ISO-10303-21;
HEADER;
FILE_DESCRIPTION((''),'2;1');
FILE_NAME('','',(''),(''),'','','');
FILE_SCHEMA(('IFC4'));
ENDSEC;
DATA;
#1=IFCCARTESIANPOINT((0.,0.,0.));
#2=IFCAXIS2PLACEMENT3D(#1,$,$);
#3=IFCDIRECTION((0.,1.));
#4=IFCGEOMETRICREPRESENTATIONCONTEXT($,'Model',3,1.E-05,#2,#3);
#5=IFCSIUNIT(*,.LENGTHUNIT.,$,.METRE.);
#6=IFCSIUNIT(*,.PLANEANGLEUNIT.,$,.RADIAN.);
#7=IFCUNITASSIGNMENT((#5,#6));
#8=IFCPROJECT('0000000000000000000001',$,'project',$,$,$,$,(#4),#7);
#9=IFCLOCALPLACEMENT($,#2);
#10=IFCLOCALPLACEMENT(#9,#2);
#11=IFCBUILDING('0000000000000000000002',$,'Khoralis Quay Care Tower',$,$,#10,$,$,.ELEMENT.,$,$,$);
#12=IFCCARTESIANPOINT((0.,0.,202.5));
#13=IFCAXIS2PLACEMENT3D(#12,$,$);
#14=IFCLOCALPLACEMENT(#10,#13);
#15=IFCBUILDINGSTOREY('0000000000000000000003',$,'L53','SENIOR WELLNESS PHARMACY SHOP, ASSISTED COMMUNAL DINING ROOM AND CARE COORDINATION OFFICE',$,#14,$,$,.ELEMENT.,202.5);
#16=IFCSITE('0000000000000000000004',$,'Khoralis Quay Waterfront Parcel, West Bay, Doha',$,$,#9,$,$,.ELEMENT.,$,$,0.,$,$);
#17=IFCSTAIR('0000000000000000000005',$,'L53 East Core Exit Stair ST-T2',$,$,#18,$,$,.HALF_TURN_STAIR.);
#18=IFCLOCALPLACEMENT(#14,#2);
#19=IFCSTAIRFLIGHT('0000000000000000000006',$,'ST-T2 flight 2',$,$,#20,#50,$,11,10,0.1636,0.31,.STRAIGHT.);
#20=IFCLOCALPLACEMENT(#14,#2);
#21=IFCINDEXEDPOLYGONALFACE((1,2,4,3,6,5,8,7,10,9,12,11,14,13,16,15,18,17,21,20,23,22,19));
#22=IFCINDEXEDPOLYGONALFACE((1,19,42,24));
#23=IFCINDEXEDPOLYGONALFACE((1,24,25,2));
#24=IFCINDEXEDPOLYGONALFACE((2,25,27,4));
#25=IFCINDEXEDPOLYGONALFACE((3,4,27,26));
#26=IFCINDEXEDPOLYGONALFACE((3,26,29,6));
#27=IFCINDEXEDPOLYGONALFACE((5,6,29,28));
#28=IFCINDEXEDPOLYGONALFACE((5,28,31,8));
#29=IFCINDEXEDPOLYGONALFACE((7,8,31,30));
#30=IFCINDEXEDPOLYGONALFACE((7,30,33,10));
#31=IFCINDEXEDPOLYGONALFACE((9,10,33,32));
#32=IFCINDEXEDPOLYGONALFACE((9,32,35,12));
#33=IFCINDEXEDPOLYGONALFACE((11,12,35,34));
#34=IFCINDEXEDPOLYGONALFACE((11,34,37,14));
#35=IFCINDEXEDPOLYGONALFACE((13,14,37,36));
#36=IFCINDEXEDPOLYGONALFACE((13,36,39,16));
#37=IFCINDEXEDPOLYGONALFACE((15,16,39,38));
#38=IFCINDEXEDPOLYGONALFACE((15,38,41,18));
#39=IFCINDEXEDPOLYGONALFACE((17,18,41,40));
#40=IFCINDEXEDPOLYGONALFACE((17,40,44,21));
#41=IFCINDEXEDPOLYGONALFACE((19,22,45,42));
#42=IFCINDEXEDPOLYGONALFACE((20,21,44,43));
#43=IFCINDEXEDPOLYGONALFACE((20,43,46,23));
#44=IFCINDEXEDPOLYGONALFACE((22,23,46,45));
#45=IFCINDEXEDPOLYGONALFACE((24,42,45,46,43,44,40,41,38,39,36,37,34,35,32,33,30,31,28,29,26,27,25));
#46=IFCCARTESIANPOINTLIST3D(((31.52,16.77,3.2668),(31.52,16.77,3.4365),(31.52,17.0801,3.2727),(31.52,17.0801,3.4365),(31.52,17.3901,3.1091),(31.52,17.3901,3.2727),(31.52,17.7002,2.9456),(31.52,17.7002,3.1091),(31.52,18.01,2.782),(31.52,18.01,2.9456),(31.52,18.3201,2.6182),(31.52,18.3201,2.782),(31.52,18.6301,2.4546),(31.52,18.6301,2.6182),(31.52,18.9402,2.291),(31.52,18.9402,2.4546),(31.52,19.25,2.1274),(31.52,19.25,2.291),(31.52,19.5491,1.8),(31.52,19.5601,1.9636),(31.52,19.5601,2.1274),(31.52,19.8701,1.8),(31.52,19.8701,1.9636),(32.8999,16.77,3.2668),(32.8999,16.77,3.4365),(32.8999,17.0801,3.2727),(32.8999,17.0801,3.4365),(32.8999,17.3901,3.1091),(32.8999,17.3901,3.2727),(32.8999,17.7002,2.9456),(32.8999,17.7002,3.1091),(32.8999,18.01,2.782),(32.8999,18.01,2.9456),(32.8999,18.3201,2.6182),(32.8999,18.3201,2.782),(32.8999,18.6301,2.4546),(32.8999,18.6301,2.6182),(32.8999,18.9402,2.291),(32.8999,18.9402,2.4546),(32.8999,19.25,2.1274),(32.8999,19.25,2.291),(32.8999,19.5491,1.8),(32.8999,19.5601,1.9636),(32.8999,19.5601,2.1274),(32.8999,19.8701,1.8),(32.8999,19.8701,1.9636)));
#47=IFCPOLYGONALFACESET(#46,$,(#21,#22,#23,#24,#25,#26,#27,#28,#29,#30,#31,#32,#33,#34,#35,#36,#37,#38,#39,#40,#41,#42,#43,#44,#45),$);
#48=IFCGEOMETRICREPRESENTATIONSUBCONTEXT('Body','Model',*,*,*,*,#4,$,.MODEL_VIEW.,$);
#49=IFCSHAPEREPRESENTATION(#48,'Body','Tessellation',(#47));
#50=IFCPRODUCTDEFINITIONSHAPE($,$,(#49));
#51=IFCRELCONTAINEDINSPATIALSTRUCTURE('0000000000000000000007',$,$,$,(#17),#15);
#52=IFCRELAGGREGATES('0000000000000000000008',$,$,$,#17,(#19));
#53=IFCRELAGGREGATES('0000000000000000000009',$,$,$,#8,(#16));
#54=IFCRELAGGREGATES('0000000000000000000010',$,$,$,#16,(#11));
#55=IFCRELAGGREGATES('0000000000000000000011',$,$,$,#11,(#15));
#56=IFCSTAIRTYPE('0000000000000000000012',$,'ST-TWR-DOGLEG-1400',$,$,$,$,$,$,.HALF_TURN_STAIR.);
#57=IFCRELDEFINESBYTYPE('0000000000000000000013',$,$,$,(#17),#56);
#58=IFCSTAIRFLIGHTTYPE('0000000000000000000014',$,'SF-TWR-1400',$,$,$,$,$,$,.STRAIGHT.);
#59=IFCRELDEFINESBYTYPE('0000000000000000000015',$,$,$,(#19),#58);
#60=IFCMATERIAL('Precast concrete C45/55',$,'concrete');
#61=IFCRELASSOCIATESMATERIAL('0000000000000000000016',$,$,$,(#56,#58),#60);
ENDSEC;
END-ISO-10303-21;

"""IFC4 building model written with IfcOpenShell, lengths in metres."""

from ifc_helpers import new_model, si_unit, direction, frame, origin, place, context, subcontext, project, spatial, polyline, outline, extrude, source, transform, mapped, material, type_object, element, aggregate, save


model = new_model("IFC4")

# Units and contexts
model_context = context("Model", 3, precision=1e-05, world=origin(), true_north=direction((0.0, 1.0)))
body_context = subcontext(model_context, "Body", "Model", "MODEL_VIEW")
ifc_project = project(units=[si_unit("LENGTHUNIT", "METRE"), si_unit("PLANEANGLEUNIT", "RADIAN")], contexts=[model_context])

# Site, building, storey
site_placement = place(None, origin())
site = spatial("IfcSite", under=ifc_project, at=site_placement, Name="Khoralis Quay Waterfront Parcel, West Bay, Doha", CompositionType="ELEMENT", RefElevation=0.0)
building_placement = place(site_placement, origin())
building = spatial("IfcBuilding", under=site, at=building_placement, Name="Khoralis Quay Care Tower", CompositionType="ELEMENT")
storey_placement = place(building_placement, frame((0.0, 0.0, 202.5)))
storey = spatial("IfcBuildingStorey", under=building, at=storey_placement, Name="L53", Description="SENIOR WELLNESS PHARMACY SHOP, ASSISTED COMMUNAL DINING ROOM AND CARE COORDINATION OFFICE", CompositionType="ELEMENT", Elevation=202.5)

# Stair, stair flight
ifc_material_1 = material(Name="Precast concrete C45/55", Category="concrete")
stair_type = type_object("IfcStairType", Name="ST-TWR-DOGLEG-1400", PredefinedType="HALF_TURN_STAIR", material=ifc_material_1)
stair_placement = place(storey_placement, origin())
stair = element("IfcStair", 1, at=stair_placement, inside=storey, type_object=stair_type, Name="L53 East Core Exit Stair ST-T2", PredefinedType="HALF_TURN_STAIR")
stair_flight_type = type_object("IfcStairFlightType", Name="SF-TWR-1400", PredefinedType="STRAIGHT", material=ifc_material_1)
shared_shape_1 = source(origin(), body_context, "Body", "SweptSolid", [
    extrude(outline(polyline([(0.0, 0.0), (0.0, 0.1636), (0.3101, 0.1636), (0.3101, 0.3274), (0.6201, 0.3274), (0.6201, 0.491), (0.9299, 0.491), (0.9299, 0.6545), (1.24, 0.6545), (1.24, 0.8181), (1.55, 0.8181), (1.55, 0.9819), (1.8601, 0.9819), (1.8601, 1.1455), (2.1699, 1.1455), (2.1699, 1.3091), (2.48, 1.3091), (2.48, 1.4727), (2.79, 1.4727), (2.79, 1.6365), (3.1001, 1.6365), (3.1001, 1.8), (3.1001, 1.4668), (0.321, 0.0), (0.0, 0.0)])), frame((0.0, 0.6899, 0.0), z_axis=(0.0, -1.0, 0.0), x_axis=(1.0, 0.0, 0.0)), (0.0, 0.0, 1.0), 1.3799),
])
stair_flight_placement = place(storey_placement, frame((32.21, 19.8701, 1.8), z_axis=(0.0, 0.0, 1.0), x_axis=(0.0, -1.0, 0.0)))
stair_flight = element("IfcStairFlight", 2, at=stair_flight_placement, type_object=stair_flight_type, Name="ST-T2 flight 2", NumberOfRisers=11, NumberOfTreads=10, PredefinedType="STRAIGHT", RiserHeight=0.1636, TreadLength=0.31, context=body_context, shape_type="MappedRepresentation", body=[
    mapped(shared_shape_1, transform((0.0, 0.0, 0.0), scale=1.0)),
])
aggregate(stair, [stair_flight])

save(model, "model.ifc")
